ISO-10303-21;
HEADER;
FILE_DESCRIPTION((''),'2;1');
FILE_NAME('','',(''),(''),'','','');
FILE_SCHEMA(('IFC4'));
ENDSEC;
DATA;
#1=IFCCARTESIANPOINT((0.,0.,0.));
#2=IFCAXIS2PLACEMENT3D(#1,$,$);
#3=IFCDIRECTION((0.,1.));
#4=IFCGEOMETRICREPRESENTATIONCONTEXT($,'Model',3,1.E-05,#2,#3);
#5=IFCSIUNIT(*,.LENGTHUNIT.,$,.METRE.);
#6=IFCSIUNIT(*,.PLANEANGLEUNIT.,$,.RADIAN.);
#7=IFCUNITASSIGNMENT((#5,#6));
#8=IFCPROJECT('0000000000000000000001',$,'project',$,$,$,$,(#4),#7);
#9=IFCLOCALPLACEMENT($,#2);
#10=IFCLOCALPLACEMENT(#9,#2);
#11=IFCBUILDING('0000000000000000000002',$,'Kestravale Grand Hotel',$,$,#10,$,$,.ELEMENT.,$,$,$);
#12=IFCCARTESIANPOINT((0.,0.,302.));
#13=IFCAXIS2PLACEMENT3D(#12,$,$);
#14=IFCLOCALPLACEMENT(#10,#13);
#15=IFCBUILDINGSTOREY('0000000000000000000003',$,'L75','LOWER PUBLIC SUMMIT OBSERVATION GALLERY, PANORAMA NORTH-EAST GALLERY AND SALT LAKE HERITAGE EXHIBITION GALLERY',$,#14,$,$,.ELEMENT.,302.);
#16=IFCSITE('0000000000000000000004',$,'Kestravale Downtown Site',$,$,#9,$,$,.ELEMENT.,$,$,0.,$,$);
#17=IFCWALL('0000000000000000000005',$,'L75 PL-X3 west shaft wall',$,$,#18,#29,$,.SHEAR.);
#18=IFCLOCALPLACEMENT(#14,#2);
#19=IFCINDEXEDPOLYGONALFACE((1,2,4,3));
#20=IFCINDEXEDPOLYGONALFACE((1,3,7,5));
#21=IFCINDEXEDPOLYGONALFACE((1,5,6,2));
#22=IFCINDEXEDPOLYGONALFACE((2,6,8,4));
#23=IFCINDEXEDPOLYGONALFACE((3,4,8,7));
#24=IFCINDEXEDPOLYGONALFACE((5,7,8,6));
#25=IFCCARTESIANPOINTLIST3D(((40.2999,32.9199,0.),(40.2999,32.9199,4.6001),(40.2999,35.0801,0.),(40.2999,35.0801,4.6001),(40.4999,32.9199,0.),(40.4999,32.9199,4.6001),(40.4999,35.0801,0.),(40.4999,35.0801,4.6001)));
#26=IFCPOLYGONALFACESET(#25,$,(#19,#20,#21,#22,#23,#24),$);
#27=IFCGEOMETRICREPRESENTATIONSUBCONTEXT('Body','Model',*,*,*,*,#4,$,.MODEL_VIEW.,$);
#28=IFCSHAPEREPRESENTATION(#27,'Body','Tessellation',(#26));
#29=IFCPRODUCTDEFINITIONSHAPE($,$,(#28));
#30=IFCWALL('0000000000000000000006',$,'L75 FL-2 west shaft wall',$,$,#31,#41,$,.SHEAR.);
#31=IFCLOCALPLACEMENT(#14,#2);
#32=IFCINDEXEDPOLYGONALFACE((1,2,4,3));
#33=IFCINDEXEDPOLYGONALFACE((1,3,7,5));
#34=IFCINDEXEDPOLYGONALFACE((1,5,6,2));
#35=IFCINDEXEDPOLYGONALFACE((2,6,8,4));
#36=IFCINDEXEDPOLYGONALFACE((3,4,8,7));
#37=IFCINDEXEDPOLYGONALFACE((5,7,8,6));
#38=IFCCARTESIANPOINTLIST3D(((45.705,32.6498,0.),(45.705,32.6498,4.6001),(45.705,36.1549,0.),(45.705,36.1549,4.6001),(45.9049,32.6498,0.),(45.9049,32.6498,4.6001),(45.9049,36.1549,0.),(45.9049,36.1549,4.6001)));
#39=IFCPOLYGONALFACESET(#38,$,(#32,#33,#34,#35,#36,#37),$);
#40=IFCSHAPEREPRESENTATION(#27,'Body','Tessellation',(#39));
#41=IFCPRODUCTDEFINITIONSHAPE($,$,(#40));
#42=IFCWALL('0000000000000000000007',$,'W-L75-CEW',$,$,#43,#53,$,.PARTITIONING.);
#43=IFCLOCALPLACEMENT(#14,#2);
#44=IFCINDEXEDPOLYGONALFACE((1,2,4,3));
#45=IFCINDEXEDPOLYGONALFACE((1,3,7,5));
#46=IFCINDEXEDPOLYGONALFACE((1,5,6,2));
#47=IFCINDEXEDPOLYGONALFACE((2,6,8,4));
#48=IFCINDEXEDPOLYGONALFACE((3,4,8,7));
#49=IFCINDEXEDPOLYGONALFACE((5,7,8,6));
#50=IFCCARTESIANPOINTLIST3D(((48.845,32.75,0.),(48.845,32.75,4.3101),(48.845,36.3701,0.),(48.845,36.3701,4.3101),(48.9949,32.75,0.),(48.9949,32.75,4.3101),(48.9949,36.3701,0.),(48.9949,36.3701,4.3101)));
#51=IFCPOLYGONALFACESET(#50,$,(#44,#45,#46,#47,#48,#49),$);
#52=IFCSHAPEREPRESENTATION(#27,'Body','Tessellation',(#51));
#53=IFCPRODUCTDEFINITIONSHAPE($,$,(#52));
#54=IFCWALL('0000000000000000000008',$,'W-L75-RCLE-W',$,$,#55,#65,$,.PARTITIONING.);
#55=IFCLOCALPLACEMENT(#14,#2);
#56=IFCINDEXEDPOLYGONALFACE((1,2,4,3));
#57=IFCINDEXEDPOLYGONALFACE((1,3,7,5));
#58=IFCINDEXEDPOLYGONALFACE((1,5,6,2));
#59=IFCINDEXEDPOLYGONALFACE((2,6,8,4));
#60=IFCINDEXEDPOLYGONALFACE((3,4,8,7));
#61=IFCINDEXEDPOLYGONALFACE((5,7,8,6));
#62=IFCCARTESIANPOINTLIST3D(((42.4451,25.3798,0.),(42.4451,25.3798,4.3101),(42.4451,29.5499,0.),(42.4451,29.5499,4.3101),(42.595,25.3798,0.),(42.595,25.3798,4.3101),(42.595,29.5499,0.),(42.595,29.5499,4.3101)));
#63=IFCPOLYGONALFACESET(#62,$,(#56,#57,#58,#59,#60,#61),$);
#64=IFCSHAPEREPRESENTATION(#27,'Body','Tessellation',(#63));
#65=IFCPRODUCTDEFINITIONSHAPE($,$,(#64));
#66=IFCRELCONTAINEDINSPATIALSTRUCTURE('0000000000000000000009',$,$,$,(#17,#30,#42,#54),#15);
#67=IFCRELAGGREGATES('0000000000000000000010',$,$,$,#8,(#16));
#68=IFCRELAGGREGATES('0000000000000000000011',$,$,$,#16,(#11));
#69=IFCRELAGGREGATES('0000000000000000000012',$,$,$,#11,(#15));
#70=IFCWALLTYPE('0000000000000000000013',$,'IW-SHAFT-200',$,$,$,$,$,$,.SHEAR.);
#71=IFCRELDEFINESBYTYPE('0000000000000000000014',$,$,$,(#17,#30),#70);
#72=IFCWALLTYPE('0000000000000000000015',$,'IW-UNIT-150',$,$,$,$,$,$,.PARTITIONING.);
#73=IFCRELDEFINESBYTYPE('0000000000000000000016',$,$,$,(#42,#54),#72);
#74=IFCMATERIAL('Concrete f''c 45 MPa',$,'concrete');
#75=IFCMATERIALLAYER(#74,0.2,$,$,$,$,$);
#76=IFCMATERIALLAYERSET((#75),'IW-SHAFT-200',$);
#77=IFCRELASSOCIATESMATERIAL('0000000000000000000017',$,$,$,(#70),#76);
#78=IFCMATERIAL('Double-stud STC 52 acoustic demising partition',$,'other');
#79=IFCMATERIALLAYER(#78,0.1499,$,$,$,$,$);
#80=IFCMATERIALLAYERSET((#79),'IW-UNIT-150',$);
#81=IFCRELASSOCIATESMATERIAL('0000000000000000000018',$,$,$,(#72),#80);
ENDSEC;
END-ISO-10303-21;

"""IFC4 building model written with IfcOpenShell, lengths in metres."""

from ifc_helpers import new_model, si_unit, direction, frame, frame_2d, origin, place, context, subcontext, project, spatial, rectangle, extrude, material, layer, layer_set, type_object, element, save


model = new_model("IFC4")

# Units and contexts
model_context = context("Model", 3, precision=1e-05, world=origin(), true_north=direction((0.0, 1.0)))
body_context = subcontext(model_context, "Body", "Model", "MODEL_VIEW")
ifc_project = project(units=[si_unit("LENGTHUNIT", "METRE"), si_unit("PLANEANGLEUNIT", "RADIAN")], contexts=[model_context])

# Site, building, storey
site_placement = place(None, origin())
site = spatial("IfcSite", under=ifc_project, at=site_placement, Name="Kestravale Downtown Site", CompositionType="ELEMENT", RefElevation=0.0)
building_placement = place(site_placement, origin())
building = spatial("IfcBuilding", under=site, at=building_placement, Name="Kestravale Grand Hotel", CompositionType="ELEMENT")
storey_placement = place(building_placement, frame((0.0, 0.0, 302.0)))
storey = spatial("IfcBuildingStorey", under=building, at=storey_placement, Name="L75", Description="LOWER PUBLIC SUMMIT OBSERVATION GALLERY, PANORAMA NORTH-EAST GALLERY AND SALT LAKE HERITAGE EXHIBITION GALLERY", CompositionType="ELEMENT", Elevation=302.0)

# Walls
ifc_material_1 = material(Name="Concrete f'c 45 MPa", Category="concrete")
ifc_layer_1 = layer(ifc_material_1, 0.2)
ifc_layer_set_1 = layer_set([ifc_layer_1], Name="IW-SHAFT-200")
wall_type_1 = type_object("IfcWallType", Name="IW-SHAFT-200", PredefinedType="SHEAR", material=ifc_layer_set_1)
wall_1_placement = place(storey_placement, frame((40.3999, 32.9199, 0.0), z_axis=(0.0, 0.0, 1.0), x_axis=(0.0, 1.0, 0.0)))
element("IfcWall", 1, at=wall_1_placement, inside=storey, type_object=wall_type_1, Name="L75 PL-X3 west shaft wall", PredefinedType="SHEAR", context=body_context, shape_type="SweptSolid", body=[
    extrude(rectangle(XDim=2.1602, YDim=0.2, at=frame_2d((1.0801, 0.0))), origin(), (0.0, 0.0, 1.0), 4.6001),
])
wall_2_placement = place(storey_placement, frame((45.8049, 32.6499, 0.0), z_axis=(0.0, 0.0, 1.0), x_axis=(0.0, 1.0, 0.0)))
element("IfcWall", 2, at=wall_2_placement, inside=storey, type_object=wall_type_1, Name="L75 FL-2 west shaft wall", PredefinedType="SHEAR", context=body_context, shape_type="SweptSolid", body=[
    extrude(rectangle(XDim=3.5051, YDim=0.2, at=frame_2d((1.7524, 0.0))), origin(), (0.0, 0.0, 1.0), 4.6001),
])

# Walls
ifc_material_2 = material(Name="Double-stud STC 52 acoustic demising partition", Category="other")
ifc_layer_2 = layer(ifc_material_2, 0.1499)
ifc_layer_set_2 = layer_set([ifc_layer_2], Name="IW-UNIT-150")
wall_type_2 = type_object("IfcWallType", Name="IW-UNIT-150", PredefinedType="PARTITIONING", material=ifc_layer_set_2)
wall_3_placement = place(storey_placement, frame((48.9199, 32.75, 0.0), z_axis=(0.0, 0.0, 1.0), x_axis=(0.0, 1.0, 0.0)))
element("IfcWall", 3, at=wall_3_placement, inside=storey, type_object=wall_type_2, Name="W-L75-CEW", PredefinedType="PARTITIONING", context=body_context, shape_type="SweptSolid", body=[
    extrude(rectangle(XDim=3.6201, YDim=0.1499, at=frame_2d((1.8101, 0.0))), origin(), (0.0, 0.0, 1.0), 4.3101),
])
wall_4_placement = place(storey_placement, frame((42.52, 25.3799, 0.0), z_axis=(0.0, 0.0, 1.0), x_axis=(0.0, 1.0, 0.0)))
element("IfcWall", 4, at=wall_4_placement, inside=storey, type_object=wall_type_2, Name="W-L75-RCLE-W", PredefinedType="PARTITIONING", context=body_context, shape_type="SweptSolid", body=[
    extrude(rectangle(XDim=4.1702, YDim=0.1499, at=frame_2d((2.085, 0.0))), origin(), (0.0, 0.0, 1.0), 4.3101),
])

save(model, "model.ifc")
